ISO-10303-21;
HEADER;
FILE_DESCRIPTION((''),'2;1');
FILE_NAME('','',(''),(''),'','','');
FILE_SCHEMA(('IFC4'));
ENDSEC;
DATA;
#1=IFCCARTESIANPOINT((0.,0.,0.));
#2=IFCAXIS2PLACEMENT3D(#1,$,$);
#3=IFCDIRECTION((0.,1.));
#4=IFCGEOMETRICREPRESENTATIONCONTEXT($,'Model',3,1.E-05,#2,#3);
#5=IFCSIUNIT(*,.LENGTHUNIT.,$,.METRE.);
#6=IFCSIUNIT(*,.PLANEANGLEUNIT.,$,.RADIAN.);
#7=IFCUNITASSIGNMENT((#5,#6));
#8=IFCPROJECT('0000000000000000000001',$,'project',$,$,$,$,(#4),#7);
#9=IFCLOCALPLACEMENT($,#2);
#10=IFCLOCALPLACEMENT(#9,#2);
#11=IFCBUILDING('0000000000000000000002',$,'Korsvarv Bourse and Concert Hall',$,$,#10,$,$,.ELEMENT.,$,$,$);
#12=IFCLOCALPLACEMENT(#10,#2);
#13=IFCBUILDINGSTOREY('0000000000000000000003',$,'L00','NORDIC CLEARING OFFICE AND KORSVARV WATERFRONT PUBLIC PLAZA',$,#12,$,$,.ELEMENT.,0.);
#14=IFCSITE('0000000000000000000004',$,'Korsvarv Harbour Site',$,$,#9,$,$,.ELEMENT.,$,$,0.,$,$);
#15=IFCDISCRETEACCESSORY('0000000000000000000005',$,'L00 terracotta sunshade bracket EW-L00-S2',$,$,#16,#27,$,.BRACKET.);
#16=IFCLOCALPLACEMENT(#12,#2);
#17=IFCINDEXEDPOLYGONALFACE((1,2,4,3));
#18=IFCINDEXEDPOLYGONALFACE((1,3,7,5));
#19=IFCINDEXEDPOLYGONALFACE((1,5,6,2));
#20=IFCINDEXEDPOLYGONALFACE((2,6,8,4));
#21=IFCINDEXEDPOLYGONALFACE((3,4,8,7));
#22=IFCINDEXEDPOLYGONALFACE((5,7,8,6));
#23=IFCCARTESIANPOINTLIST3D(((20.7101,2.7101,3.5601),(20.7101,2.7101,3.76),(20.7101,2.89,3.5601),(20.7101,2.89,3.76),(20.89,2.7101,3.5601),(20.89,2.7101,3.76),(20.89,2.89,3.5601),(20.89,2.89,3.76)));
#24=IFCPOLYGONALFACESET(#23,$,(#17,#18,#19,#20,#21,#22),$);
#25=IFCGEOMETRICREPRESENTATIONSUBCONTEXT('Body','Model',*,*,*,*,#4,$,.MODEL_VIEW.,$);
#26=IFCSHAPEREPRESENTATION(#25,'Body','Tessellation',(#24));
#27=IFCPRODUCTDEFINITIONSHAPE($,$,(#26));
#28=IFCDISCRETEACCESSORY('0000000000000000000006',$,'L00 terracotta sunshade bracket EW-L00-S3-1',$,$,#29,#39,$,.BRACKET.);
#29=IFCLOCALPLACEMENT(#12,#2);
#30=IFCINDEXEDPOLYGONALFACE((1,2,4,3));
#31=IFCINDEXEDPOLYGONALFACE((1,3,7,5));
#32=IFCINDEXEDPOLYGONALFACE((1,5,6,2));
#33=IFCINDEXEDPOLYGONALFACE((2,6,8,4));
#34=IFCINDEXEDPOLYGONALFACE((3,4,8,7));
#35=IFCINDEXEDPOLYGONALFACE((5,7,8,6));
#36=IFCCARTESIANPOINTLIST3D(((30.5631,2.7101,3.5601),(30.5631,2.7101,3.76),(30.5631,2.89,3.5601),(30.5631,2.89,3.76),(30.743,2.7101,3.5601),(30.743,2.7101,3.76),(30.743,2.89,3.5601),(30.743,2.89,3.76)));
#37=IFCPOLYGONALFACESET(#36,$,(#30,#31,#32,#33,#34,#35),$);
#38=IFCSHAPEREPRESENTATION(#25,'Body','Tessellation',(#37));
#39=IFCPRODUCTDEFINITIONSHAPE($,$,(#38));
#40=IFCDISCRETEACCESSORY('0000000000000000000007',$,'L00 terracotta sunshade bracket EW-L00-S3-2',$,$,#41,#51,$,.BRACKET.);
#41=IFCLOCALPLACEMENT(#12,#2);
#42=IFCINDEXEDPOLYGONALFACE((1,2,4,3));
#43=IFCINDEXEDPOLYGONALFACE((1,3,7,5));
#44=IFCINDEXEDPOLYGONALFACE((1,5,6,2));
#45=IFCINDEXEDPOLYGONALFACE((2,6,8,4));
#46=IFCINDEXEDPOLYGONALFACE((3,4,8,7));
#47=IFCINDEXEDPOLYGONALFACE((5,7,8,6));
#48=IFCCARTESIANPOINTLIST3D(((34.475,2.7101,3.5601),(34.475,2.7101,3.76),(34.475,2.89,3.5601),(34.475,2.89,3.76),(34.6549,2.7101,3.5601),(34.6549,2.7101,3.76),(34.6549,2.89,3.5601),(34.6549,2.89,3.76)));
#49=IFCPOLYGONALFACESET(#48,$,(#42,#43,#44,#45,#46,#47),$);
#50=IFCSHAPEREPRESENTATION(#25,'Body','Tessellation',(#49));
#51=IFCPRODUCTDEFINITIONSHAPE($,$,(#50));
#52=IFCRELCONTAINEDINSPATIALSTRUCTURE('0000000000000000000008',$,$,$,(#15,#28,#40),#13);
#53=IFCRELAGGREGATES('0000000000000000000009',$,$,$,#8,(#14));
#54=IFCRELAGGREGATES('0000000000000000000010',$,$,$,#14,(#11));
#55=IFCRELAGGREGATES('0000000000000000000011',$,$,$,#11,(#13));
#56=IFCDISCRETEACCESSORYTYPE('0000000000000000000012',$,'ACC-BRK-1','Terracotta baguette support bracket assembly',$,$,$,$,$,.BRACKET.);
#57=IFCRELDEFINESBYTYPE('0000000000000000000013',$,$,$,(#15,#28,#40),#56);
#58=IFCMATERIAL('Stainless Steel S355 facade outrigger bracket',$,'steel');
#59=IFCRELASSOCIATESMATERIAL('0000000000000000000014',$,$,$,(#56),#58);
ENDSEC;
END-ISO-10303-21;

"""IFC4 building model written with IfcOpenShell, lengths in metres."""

from ifc_helpers import new_model, si_unit, direction, frame, origin, origin_2d, place, context, subcontext, project, spatial, rectangle, extrude, source, transform, mapped, material, type_object, element, save


model = new_model("IFC4")

# Units and contexts
model_context = context("Model", 3, precision=1e-05, world=origin(), true_north=direction((0.0, 1.0)))
body_context = subcontext(model_context, "Body", "Model", "MODEL_VIEW")
ifc_project = project(units=[si_unit("LENGTHUNIT", "METRE"), si_unit("PLANEANGLEUNIT", "RADIAN")], contexts=[model_context])

# Site, building, storey
site_placement = place(None, origin())
site = spatial("IfcSite", under=ifc_project, at=site_placement, Name="Korsvarv Harbour Site", CompositionType="ELEMENT", RefElevation=0.0)
building_placement = place(site_placement, origin())
building = spatial("IfcBuilding", under=site, at=building_placement, Name="Korsvarv Bourse and Concert Hall", CompositionType="ELEMENT")
storey_placement = place(building_placement, origin())
storey = spatial("IfcBuildingStorey", under=building, at=storey_placement, Name="L00", Description="NORDIC CLEARING OFFICE AND KORSVARV WATERFRONT PUBLIC PLAZA", CompositionType="ELEMENT", Elevation=0.0)

# Discrete accessories
ifc_material_1 = material(Name="Stainless Steel S355 facade outrigger bracket", Category="steel")
discrete_accessory_type = type_object("IfcDiscreteAccessoryType", Name="ACC-BRK-1", Description="Terracotta baguette support bracket assembly", PredefinedType="BRACKET", material=ifc_material_1)
shared_shape_1 = source(origin(), body_context, "Body", "SweptSolid", [
    extrude(rectangle(XDim=0.1799, YDim=0.1799, at=origin_2d()), origin(), (0.0, 0.0, 1.0), 0.2),
])
for number, where, z_axis, x_axis, name in (
    (1, (20.8, 2.8, 3.5601), (0.0, 0.0, 1.0), (1.0, 0.0, 0.0), "L00 terracotta sunshade bracket EW-L00-S2"),
    (2, (30.6531, 2.8, 3.5601), (0.0, 0.0, 1.0), (1.0, 0.0, 0.0), "L00 terracotta sunshade bracket EW-L00-S3-1"),
    (3, (34.5649, 2.8, 3.5601), (0.0, 0.0, 1.0), (1.0, 0.0, 0.0), "L00 terracotta sunshade bracket EW-L00-S3-2"),
):
    element("IfcDiscreteAccessory", number, at=place(storey_placement, frame(where, z_axis=z_axis, x_axis=x_axis)), inside=storey, type_object=discrete_accessory_type, Name=name, PredefinedType="BRACKET", context=body_context, shape_type="MappedRepresentation", body=[
        mapped(shared_shape_1, transform((0.0, 0.0, 0.0), scale=1.0)),
    ])

save(model, "model.ifc")
